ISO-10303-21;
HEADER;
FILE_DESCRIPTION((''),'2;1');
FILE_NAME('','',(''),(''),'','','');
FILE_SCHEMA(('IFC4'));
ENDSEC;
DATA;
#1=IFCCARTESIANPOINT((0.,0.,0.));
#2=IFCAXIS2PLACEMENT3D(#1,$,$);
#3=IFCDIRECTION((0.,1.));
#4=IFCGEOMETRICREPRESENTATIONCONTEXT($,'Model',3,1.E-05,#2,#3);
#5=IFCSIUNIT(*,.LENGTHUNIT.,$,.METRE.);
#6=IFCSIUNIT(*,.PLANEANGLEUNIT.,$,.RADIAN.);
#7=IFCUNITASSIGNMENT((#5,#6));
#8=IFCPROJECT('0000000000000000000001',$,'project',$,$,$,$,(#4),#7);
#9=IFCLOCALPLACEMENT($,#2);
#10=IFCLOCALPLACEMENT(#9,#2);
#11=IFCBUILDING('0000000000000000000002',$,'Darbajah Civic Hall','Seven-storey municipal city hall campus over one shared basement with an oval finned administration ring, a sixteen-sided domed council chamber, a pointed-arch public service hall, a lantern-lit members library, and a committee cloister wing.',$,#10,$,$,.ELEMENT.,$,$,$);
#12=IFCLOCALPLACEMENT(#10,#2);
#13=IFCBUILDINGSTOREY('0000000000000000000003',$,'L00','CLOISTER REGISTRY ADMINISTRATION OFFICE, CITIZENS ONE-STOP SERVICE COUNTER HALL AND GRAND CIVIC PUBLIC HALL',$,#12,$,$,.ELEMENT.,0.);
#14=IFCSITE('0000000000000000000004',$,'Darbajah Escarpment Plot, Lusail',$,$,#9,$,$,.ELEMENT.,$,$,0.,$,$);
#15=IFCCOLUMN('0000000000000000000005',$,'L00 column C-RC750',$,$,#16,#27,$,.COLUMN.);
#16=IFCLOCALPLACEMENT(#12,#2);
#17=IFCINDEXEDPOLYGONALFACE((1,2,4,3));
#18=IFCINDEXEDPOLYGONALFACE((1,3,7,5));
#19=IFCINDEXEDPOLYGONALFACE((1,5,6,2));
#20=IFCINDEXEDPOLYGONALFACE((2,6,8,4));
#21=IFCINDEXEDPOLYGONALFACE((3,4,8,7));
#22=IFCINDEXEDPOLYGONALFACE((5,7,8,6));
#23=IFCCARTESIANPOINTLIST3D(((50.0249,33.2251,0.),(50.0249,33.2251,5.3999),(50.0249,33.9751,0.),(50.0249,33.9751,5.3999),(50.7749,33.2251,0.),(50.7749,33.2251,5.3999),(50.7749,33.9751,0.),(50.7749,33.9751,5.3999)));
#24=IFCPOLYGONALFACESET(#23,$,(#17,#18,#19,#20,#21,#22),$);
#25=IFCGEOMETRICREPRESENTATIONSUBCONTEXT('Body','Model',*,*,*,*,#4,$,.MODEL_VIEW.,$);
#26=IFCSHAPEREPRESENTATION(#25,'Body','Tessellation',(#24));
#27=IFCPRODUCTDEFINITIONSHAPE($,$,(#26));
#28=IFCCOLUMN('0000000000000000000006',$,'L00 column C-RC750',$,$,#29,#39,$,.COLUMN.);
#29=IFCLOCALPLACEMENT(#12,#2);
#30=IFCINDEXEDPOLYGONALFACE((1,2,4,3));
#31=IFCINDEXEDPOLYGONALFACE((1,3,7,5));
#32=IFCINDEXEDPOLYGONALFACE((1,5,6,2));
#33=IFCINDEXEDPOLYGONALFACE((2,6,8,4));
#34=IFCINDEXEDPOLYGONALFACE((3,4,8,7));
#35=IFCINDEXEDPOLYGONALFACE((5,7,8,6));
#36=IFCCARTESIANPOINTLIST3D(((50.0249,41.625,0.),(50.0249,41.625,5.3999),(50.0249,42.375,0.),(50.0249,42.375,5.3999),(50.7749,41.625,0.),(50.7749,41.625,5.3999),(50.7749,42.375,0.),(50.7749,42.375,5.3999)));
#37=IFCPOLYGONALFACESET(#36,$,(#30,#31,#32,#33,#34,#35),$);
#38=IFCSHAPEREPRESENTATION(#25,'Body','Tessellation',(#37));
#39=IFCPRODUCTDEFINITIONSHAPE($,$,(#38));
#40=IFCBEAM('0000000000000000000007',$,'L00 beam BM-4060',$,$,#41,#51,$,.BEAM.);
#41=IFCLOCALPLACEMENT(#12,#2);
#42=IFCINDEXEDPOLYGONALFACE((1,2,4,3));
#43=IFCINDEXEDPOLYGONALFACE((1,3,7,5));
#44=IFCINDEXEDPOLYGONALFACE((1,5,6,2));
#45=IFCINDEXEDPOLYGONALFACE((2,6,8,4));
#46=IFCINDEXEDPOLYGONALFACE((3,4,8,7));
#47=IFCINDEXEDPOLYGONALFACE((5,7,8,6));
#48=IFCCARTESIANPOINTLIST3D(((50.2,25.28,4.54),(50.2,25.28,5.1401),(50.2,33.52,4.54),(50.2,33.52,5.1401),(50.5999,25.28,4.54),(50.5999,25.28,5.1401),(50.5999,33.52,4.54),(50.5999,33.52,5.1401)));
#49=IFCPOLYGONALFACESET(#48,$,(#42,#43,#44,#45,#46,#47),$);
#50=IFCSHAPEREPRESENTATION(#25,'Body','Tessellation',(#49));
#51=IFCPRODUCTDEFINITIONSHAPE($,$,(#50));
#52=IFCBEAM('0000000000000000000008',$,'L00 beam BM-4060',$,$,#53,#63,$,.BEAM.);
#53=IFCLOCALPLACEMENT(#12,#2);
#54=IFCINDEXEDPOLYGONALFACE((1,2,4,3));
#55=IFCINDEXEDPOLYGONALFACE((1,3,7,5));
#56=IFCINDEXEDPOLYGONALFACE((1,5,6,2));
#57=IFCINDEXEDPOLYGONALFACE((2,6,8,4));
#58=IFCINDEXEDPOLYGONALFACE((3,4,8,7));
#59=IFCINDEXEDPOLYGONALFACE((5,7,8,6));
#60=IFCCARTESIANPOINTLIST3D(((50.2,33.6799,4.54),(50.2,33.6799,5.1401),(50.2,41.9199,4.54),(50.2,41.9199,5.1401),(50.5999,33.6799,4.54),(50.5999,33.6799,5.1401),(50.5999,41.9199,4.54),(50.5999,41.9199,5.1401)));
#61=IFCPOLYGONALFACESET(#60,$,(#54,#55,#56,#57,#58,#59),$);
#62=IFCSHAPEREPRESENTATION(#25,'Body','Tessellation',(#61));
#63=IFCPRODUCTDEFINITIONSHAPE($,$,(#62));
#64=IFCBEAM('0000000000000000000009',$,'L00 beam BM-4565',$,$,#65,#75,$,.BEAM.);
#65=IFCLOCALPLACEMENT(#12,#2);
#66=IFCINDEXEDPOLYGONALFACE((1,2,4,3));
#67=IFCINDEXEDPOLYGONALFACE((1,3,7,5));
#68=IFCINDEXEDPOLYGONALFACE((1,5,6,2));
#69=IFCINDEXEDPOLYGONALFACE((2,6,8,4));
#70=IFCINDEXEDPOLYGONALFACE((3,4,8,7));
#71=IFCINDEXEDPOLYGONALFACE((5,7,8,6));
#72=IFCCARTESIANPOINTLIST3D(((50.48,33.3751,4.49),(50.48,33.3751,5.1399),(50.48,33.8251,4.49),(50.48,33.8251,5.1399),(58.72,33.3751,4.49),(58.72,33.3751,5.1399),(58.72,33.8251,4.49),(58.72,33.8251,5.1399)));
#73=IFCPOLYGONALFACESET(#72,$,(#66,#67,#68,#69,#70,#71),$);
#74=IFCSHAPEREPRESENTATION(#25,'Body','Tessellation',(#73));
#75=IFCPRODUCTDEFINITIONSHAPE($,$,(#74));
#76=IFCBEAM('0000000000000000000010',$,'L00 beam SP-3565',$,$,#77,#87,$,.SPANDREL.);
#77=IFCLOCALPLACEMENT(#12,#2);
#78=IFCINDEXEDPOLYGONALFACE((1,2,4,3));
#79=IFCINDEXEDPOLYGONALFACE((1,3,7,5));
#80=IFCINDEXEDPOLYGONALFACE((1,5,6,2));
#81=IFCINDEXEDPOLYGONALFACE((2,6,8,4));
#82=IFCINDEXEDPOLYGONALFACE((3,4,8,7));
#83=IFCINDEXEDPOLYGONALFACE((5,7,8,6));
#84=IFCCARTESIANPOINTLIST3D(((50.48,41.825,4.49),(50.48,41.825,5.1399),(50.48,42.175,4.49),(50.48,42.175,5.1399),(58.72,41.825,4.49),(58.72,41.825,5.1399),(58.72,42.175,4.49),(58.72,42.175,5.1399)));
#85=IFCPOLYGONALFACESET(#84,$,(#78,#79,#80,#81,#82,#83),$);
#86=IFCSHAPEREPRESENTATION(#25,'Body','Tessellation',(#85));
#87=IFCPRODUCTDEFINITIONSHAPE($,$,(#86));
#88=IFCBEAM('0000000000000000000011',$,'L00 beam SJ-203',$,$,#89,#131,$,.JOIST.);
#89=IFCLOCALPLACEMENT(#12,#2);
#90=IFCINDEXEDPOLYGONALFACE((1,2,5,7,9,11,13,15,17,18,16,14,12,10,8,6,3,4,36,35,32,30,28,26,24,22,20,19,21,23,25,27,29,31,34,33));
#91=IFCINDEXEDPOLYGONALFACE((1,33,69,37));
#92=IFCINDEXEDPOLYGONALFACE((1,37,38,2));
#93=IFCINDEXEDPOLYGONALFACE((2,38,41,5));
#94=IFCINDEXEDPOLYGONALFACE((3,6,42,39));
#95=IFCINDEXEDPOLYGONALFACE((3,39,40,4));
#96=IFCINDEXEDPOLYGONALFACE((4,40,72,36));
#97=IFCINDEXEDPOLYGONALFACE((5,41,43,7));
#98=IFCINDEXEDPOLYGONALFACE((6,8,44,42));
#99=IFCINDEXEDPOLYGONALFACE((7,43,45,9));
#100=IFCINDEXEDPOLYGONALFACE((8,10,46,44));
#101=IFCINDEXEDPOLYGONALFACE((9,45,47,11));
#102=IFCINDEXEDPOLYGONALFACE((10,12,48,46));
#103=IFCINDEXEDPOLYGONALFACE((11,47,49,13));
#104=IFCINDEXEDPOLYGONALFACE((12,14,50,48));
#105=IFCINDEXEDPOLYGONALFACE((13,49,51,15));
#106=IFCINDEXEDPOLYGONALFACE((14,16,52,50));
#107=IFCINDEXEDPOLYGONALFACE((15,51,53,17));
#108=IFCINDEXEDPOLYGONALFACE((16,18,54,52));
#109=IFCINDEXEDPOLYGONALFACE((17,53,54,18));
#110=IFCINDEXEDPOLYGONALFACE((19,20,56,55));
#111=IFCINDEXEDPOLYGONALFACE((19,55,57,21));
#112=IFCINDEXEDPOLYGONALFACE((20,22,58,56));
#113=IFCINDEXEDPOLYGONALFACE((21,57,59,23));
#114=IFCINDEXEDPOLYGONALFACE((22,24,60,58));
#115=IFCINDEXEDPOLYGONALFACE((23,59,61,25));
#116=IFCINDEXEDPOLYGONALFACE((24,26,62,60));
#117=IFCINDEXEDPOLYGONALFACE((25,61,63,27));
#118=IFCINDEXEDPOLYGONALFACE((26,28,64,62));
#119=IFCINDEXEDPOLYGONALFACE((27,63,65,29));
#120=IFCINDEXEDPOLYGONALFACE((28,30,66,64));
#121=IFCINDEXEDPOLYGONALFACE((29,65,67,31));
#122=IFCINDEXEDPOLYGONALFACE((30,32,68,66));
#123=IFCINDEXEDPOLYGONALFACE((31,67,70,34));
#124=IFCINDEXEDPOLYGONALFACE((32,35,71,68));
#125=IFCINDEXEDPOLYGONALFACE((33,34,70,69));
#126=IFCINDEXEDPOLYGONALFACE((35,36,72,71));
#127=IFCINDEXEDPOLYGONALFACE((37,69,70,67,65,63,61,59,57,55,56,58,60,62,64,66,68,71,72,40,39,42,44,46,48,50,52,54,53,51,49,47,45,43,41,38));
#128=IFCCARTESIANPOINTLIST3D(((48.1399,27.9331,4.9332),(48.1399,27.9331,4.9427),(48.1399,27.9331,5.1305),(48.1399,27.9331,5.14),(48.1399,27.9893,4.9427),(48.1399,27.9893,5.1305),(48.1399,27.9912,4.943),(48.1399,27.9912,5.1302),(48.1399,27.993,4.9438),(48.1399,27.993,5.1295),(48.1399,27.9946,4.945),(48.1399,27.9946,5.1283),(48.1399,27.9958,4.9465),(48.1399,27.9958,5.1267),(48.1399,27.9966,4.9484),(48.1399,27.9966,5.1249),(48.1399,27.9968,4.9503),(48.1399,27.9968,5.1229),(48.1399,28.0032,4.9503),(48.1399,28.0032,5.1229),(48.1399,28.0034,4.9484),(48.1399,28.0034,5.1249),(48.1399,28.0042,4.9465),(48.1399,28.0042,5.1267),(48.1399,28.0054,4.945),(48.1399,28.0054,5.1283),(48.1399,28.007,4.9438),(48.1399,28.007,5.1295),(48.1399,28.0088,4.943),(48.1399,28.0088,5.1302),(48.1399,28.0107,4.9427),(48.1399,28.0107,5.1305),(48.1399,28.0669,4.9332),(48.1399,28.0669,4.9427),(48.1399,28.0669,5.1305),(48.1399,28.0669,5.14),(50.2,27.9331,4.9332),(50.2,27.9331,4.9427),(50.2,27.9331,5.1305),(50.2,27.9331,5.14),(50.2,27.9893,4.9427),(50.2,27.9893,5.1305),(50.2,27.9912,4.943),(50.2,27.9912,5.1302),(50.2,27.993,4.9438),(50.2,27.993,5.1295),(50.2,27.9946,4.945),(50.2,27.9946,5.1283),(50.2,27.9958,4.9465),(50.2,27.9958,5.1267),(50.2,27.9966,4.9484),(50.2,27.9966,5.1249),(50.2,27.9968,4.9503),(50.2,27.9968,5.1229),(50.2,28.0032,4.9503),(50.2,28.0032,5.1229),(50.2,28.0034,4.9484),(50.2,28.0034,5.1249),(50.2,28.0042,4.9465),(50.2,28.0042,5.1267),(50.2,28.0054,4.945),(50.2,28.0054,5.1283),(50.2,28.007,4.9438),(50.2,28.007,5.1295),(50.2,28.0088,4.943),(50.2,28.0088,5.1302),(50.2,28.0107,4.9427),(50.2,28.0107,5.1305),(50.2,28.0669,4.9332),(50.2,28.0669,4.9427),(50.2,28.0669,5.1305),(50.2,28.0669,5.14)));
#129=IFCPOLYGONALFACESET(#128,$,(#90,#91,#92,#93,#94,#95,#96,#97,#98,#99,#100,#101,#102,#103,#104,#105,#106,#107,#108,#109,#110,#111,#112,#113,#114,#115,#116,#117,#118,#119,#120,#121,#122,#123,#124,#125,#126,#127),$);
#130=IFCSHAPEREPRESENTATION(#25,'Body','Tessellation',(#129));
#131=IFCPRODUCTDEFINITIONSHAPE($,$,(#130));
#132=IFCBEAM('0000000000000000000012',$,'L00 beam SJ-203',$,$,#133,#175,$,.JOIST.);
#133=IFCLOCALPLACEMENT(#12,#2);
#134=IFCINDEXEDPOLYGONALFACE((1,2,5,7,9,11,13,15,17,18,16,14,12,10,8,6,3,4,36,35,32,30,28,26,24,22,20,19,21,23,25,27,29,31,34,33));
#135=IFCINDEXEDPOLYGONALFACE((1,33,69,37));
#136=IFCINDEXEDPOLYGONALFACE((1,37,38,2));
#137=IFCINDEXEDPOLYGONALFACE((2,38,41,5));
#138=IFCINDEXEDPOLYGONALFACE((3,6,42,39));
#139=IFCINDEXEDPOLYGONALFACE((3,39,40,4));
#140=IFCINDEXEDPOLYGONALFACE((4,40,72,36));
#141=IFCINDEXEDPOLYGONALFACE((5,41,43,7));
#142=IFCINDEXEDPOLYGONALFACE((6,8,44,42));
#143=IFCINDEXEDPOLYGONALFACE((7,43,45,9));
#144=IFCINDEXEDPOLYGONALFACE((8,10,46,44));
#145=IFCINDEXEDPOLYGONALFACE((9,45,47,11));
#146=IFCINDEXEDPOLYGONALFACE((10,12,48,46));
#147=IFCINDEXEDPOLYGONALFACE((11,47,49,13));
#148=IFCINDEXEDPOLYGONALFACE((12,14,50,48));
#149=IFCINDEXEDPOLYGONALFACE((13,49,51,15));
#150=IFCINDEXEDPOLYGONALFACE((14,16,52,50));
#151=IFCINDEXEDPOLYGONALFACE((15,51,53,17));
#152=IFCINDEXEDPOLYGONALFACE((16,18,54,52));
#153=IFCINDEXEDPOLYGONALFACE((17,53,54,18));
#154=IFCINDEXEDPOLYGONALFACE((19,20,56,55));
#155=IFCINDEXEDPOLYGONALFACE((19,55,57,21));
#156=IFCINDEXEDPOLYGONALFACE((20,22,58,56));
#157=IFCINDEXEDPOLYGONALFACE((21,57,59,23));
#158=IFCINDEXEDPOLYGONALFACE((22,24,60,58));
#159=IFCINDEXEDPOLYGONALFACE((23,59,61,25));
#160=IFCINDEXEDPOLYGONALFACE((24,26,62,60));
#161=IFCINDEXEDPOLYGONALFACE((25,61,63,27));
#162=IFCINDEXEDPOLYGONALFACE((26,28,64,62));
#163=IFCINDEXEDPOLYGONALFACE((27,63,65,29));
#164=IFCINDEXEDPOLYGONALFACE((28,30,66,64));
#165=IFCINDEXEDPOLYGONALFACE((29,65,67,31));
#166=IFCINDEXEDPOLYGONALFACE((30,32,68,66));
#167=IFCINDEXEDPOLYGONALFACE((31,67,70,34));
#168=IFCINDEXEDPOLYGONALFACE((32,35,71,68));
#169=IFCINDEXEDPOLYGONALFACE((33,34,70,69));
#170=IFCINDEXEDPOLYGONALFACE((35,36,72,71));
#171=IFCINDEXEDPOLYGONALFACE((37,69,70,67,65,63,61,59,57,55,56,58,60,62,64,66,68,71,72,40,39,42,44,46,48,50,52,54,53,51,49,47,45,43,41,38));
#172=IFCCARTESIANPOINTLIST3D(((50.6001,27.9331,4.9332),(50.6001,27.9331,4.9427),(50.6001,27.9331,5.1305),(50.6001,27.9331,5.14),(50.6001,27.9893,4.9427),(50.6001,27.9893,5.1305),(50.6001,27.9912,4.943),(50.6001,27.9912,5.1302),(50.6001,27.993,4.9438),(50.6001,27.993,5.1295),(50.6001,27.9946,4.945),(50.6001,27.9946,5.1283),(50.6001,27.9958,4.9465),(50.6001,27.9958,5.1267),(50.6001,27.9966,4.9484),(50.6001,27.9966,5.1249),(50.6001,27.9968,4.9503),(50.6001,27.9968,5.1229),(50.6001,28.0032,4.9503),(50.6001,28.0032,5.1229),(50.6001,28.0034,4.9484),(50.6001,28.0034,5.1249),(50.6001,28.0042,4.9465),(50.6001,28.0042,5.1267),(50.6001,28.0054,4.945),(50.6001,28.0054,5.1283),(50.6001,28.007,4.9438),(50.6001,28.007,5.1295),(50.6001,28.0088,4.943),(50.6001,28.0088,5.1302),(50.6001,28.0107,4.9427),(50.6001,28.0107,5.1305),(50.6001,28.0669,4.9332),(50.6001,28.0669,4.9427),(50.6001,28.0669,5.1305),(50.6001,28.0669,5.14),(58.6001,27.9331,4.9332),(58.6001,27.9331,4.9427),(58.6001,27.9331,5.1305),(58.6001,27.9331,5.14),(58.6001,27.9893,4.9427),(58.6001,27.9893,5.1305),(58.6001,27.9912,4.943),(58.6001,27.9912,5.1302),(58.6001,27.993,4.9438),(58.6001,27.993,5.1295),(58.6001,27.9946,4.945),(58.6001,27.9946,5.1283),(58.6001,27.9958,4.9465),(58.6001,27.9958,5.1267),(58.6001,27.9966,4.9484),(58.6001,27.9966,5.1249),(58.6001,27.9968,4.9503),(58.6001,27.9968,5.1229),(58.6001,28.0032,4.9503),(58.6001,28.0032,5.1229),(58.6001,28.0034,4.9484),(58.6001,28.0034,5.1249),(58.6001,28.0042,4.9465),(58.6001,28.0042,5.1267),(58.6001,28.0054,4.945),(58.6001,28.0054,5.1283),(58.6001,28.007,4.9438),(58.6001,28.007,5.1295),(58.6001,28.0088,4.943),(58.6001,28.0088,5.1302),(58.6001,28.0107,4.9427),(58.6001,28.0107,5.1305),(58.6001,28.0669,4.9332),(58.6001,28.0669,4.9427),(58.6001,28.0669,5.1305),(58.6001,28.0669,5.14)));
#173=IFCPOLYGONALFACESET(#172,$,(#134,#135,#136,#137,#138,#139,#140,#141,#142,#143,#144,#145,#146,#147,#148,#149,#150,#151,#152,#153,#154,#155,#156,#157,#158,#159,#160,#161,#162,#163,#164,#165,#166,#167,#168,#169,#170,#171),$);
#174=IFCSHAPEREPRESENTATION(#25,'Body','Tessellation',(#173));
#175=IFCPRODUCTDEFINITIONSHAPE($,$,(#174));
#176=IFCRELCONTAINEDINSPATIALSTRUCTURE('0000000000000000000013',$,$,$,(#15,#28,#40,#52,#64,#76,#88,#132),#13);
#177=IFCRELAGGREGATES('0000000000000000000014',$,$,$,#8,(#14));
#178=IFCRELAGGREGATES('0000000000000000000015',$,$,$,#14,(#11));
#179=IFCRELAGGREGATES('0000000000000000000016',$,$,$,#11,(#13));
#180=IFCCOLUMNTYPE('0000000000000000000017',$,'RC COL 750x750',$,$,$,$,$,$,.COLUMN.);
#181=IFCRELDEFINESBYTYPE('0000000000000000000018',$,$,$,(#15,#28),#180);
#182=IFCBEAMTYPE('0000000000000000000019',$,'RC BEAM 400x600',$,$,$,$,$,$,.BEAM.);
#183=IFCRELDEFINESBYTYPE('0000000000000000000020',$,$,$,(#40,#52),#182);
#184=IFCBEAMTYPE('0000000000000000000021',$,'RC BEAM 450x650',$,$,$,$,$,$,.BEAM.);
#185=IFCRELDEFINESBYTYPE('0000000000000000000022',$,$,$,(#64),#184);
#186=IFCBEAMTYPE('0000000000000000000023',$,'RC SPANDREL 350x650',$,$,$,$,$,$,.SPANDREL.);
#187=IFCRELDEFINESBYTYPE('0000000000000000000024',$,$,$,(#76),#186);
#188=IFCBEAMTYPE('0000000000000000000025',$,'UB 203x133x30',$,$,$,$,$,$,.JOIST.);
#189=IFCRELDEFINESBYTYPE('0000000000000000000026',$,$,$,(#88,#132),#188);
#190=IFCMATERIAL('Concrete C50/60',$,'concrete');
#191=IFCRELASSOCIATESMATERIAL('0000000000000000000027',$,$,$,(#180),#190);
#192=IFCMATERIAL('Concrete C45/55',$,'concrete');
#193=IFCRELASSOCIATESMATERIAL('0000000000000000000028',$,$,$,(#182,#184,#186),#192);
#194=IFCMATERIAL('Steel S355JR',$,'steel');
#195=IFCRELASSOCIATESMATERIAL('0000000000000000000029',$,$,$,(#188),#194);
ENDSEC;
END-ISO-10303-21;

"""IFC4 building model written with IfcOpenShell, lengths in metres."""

from ifc_helpers import new_model, si_unit, direction, frame, origin, origin_2d, place, context, subcontext, project, spatial, rectangle, i_section, extrude, material, material_profile, profile_set, type_object, element, save


model = new_model("IFC4")

# Units and contexts
model_context = context("Model", 3, precision=1e-05, world=origin(), true_north=direction((0.0, 1.0)))
body_context = subcontext(model_context, "Body", "Model", "MODEL_VIEW")
ifc_project = project(units=[si_unit("LENGTHUNIT", "METRE"), si_unit("PLANEANGLEUNIT", "RADIAN")], contexts=[model_context])

# Site, building, storey
site_placement = place(None, origin())
site = spatial("IfcSite", under=ifc_project, at=site_placement, Name="Darbajah Escarpment Plot, Lusail", CompositionType="ELEMENT", RefElevation=0.0)
building_placement = place(site_placement, origin())
building = spatial("IfcBuilding", under=site, at=building_placement, Name="Darbajah Civic Hall", Description="Seven-storey municipal city hall campus over one shared basement with an oval finned administration ring, a sixteen-sided domed council chamber, a pointed-arch public service hall, a lantern-lit members library, and a committee cloister wing.", CompositionType="ELEMENT")
storey_placement = place(building_placement, origin())
storey = spatial("IfcBuildingStorey", under=building, at=storey_placement, Name="L00", Description="CLOISTER REGISTRY ADMINISTRATION OFFICE, CITIZENS ONE-STOP SERVICE COUNTER HALL AND GRAND CIVIC PUBLIC HALL", CompositionType="ELEMENT", Elevation=0.0)

# Columns
ifc_material_1 = material(Name="Concrete C50/60", Category="concrete")
ifc_material_profile_1 = material_profile(ifc_material_1, rectangle(XDim=0.75, YDim=0.75, at=origin_2d()), Name="RC COL 750x750")
ifc_profile_set_1 = profile_set([ifc_material_profile_1], Name="Concrete C50/60")
column_type = type_object("IfcColumnType", Name="RC COL 750x750", PredefinedType="COLUMN", material=ifc_profile_set_1)
for number, where, z_axis, x_axis, name in (
    (1, (50.3999, 33.6001, 0.0), (0.0, 0.0, 1.0), (1.0, 0.0, 0.0), "L00 column C-RC750"),
    (2, (50.3999, 42.0, 0.0), (0.0, 0.0, 1.0), (1.0, 0.0, 0.0), "L00 column C-RC750"),
):
    element("IfcColumn", number, at=place(storey_placement, frame(where, z_axis=z_axis, x_axis=x_axis)), inside=storey, type_object=column_type, Name=name, PredefinedType="COLUMN", context=body_context, shape_type="SweptSolid", body=[
        extrude(rectangle(XDim=0.75, YDim=0.75, at=origin_2d()), origin(), (0.0, 0.0, 1.0), 5.3999),
    ])

# Beams
ifc_material_2 = material(Name="Concrete C45/55", Category="concrete")
ifc_material_profile_2 = material_profile(ifc_material_2, rectangle(XDim=0.3999, YDim=0.6001, at=origin_2d()), Name="RC BEAM 400x600")
ifc_profile_set_2 = profile_set([ifc_material_profile_2], Name="Concrete C45/55")
beam_type_1 = type_object("IfcBeamType", Name="RC BEAM 400x600", PredefinedType="BEAM", material=ifc_profile_set_2)
for number, where, z_axis, x_axis, name in (
    (3, (50.3999, 25.28, 4.8401), (0.0, 1.0, 0.0), (-1.0, 0.0, 0.0), "L00 beam BM-4060"),
    (4, (50.3999, 33.6799, 4.8401), (0.0, 1.0, 0.0), (-1.0, 0.0, 0.0), "L00 beam BM-4060"),
):
    element("IfcBeam", number, at=place(storey_placement, frame(where, z_axis=z_axis, x_axis=x_axis)), inside=storey, type_object=beam_type_1, Name=name, PredefinedType="BEAM", context=body_context, shape_type="SweptSolid", body=[
        extrude(rectangle(XDim=0.3999, YDim=0.6001, at=origin_2d()), origin(), (0.0, 0.0, 1.0), 8.24),
    ])
ifc_material_profile_3 = material_profile(ifc_material_2, rectangle(XDim=0.45, YDim=0.6499, at=origin_2d()), Name="RC BEAM 450x650")
ifc_profile_set_3 = profile_set([ifc_material_profile_3], Name="Concrete C45/55")
beam_type_2 = type_object("IfcBeamType", Name="RC BEAM 450x650", PredefinedType="BEAM", material=ifc_profile_set_3)
beam_1_placement = place(storey_placement, frame((50.48, 33.6001, 4.8149), z_axis=(1.0, 0.0, 0.0), x_axis=(0.0, 1.0, 0.0)))
element("IfcBeam", 5, at=beam_1_placement, inside=storey, type_object=beam_type_2, Name="L00 beam BM-4565", PredefinedType="BEAM", context=body_context, shape_type="SweptSolid", body=[
    extrude(rectangle(XDim=0.45, YDim=0.6499, at=origin_2d()), origin(), (0.0, 0.0, 1.0), 8.24),
])
ifc_material_profile_4 = material_profile(ifc_material_2, rectangle(XDim=0.3501, YDim=0.6499, at=origin_2d()), Name="RC SPANDREL 350x650")
ifc_profile_set_4 = profile_set([ifc_material_profile_4], Name="Concrete C45/55")
beam_type_3 = type_object("IfcBeamType", Name="RC SPANDREL 350x650", PredefinedType="SPANDREL", material=ifc_profile_set_4)
beam_2_placement = place(storey_placement, frame((50.48, 42.0, 4.8149), z_axis=(1.0, 0.0, 0.0), x_axis=(0.0, 1.0, 0.0)))
element("IfcBeam", 6, at=beam_2_placement, inside=storey, type_object=beam_type_3, Name="L00 beam SP-3565", PredefinedType="SPANDREL", context=body_context, shape_type="SweptSolid", body=[
    extrude(rectangle(XDim=0.3501, YDim=0.6499, at=origin_2d()), origin(), (0.0, 0.0, 1.0), 8.24),
])
ifc_material_3 = material(Name="Steel S355JR", Category="steel")
ifc_material_profile_5 = material_profile(ifc_material_3, i_section(OverallWidth=0.1338, OverallDepth=0.2068, WebThickness=0.0063, FlangeThickness=0.0095, FilletRadius=0.0076, at=origin_2d()), Name="UB 203x133x30")
ifc_profile_set_5 = profile_set([ifc_material_profile_5], Name="Steel S355JR")
beam_type_4 = type_object("IfcBeamType", Name="UB 203x133x30", PredefinedType="JOIST", material=ifc_profile_set_5)
beam_3_placement = place(storey_placement, frame((48.1399, 28.0, 5.0366), z_axis=(1.0, 0.0, 0.0), x_axis=(0.0, 1.0, 0.0)))
element("IfcBeam", 7, at=beam_3_placement, inside=storey, type_object=beam_type_4, Name="L00 beam SJ-203", PredefinedType="JOIST", context=body_context, shape_type="SweptSolid", body=[
    extrude(i_section(OverallWidth=0.1338, OverallDepth=0.2068, WebThickness=0.0063, FlangeThickness=0.0095, FilletRadius=0.0076, at=origin_2d()), origin(), (0.0, 0.0, 1.0), 2.0601),
])
for number, where, z_axis, x_axis, name in (
    (8, (50.6001, 28.0, 5.0366), (1.0, 0.0, 0.0), (0.0, 1.0, 0.0), "L00 beam SJ-203"),
):
    element("IfcBeam", number, at=place(storey_placement, frame(where, z_axis=z_axis, x_axis=x_axis)), inside=storey, type_object=beam_type_4, Name=name, PredefinedType="JOIST", context=body_context, shape_type="SweptSolid", body=[
        extrude(i_section(OverallWidth=0.1338, OverallDepth=0.2068, WebThickness=0.0063, FlangeThickness=0.0095, FilletRadius=0.0076, at=origin_2d()), origin(), (0.0, 0.0, 1.0), 8.0),
    ])

save(model, "model.ifc")
